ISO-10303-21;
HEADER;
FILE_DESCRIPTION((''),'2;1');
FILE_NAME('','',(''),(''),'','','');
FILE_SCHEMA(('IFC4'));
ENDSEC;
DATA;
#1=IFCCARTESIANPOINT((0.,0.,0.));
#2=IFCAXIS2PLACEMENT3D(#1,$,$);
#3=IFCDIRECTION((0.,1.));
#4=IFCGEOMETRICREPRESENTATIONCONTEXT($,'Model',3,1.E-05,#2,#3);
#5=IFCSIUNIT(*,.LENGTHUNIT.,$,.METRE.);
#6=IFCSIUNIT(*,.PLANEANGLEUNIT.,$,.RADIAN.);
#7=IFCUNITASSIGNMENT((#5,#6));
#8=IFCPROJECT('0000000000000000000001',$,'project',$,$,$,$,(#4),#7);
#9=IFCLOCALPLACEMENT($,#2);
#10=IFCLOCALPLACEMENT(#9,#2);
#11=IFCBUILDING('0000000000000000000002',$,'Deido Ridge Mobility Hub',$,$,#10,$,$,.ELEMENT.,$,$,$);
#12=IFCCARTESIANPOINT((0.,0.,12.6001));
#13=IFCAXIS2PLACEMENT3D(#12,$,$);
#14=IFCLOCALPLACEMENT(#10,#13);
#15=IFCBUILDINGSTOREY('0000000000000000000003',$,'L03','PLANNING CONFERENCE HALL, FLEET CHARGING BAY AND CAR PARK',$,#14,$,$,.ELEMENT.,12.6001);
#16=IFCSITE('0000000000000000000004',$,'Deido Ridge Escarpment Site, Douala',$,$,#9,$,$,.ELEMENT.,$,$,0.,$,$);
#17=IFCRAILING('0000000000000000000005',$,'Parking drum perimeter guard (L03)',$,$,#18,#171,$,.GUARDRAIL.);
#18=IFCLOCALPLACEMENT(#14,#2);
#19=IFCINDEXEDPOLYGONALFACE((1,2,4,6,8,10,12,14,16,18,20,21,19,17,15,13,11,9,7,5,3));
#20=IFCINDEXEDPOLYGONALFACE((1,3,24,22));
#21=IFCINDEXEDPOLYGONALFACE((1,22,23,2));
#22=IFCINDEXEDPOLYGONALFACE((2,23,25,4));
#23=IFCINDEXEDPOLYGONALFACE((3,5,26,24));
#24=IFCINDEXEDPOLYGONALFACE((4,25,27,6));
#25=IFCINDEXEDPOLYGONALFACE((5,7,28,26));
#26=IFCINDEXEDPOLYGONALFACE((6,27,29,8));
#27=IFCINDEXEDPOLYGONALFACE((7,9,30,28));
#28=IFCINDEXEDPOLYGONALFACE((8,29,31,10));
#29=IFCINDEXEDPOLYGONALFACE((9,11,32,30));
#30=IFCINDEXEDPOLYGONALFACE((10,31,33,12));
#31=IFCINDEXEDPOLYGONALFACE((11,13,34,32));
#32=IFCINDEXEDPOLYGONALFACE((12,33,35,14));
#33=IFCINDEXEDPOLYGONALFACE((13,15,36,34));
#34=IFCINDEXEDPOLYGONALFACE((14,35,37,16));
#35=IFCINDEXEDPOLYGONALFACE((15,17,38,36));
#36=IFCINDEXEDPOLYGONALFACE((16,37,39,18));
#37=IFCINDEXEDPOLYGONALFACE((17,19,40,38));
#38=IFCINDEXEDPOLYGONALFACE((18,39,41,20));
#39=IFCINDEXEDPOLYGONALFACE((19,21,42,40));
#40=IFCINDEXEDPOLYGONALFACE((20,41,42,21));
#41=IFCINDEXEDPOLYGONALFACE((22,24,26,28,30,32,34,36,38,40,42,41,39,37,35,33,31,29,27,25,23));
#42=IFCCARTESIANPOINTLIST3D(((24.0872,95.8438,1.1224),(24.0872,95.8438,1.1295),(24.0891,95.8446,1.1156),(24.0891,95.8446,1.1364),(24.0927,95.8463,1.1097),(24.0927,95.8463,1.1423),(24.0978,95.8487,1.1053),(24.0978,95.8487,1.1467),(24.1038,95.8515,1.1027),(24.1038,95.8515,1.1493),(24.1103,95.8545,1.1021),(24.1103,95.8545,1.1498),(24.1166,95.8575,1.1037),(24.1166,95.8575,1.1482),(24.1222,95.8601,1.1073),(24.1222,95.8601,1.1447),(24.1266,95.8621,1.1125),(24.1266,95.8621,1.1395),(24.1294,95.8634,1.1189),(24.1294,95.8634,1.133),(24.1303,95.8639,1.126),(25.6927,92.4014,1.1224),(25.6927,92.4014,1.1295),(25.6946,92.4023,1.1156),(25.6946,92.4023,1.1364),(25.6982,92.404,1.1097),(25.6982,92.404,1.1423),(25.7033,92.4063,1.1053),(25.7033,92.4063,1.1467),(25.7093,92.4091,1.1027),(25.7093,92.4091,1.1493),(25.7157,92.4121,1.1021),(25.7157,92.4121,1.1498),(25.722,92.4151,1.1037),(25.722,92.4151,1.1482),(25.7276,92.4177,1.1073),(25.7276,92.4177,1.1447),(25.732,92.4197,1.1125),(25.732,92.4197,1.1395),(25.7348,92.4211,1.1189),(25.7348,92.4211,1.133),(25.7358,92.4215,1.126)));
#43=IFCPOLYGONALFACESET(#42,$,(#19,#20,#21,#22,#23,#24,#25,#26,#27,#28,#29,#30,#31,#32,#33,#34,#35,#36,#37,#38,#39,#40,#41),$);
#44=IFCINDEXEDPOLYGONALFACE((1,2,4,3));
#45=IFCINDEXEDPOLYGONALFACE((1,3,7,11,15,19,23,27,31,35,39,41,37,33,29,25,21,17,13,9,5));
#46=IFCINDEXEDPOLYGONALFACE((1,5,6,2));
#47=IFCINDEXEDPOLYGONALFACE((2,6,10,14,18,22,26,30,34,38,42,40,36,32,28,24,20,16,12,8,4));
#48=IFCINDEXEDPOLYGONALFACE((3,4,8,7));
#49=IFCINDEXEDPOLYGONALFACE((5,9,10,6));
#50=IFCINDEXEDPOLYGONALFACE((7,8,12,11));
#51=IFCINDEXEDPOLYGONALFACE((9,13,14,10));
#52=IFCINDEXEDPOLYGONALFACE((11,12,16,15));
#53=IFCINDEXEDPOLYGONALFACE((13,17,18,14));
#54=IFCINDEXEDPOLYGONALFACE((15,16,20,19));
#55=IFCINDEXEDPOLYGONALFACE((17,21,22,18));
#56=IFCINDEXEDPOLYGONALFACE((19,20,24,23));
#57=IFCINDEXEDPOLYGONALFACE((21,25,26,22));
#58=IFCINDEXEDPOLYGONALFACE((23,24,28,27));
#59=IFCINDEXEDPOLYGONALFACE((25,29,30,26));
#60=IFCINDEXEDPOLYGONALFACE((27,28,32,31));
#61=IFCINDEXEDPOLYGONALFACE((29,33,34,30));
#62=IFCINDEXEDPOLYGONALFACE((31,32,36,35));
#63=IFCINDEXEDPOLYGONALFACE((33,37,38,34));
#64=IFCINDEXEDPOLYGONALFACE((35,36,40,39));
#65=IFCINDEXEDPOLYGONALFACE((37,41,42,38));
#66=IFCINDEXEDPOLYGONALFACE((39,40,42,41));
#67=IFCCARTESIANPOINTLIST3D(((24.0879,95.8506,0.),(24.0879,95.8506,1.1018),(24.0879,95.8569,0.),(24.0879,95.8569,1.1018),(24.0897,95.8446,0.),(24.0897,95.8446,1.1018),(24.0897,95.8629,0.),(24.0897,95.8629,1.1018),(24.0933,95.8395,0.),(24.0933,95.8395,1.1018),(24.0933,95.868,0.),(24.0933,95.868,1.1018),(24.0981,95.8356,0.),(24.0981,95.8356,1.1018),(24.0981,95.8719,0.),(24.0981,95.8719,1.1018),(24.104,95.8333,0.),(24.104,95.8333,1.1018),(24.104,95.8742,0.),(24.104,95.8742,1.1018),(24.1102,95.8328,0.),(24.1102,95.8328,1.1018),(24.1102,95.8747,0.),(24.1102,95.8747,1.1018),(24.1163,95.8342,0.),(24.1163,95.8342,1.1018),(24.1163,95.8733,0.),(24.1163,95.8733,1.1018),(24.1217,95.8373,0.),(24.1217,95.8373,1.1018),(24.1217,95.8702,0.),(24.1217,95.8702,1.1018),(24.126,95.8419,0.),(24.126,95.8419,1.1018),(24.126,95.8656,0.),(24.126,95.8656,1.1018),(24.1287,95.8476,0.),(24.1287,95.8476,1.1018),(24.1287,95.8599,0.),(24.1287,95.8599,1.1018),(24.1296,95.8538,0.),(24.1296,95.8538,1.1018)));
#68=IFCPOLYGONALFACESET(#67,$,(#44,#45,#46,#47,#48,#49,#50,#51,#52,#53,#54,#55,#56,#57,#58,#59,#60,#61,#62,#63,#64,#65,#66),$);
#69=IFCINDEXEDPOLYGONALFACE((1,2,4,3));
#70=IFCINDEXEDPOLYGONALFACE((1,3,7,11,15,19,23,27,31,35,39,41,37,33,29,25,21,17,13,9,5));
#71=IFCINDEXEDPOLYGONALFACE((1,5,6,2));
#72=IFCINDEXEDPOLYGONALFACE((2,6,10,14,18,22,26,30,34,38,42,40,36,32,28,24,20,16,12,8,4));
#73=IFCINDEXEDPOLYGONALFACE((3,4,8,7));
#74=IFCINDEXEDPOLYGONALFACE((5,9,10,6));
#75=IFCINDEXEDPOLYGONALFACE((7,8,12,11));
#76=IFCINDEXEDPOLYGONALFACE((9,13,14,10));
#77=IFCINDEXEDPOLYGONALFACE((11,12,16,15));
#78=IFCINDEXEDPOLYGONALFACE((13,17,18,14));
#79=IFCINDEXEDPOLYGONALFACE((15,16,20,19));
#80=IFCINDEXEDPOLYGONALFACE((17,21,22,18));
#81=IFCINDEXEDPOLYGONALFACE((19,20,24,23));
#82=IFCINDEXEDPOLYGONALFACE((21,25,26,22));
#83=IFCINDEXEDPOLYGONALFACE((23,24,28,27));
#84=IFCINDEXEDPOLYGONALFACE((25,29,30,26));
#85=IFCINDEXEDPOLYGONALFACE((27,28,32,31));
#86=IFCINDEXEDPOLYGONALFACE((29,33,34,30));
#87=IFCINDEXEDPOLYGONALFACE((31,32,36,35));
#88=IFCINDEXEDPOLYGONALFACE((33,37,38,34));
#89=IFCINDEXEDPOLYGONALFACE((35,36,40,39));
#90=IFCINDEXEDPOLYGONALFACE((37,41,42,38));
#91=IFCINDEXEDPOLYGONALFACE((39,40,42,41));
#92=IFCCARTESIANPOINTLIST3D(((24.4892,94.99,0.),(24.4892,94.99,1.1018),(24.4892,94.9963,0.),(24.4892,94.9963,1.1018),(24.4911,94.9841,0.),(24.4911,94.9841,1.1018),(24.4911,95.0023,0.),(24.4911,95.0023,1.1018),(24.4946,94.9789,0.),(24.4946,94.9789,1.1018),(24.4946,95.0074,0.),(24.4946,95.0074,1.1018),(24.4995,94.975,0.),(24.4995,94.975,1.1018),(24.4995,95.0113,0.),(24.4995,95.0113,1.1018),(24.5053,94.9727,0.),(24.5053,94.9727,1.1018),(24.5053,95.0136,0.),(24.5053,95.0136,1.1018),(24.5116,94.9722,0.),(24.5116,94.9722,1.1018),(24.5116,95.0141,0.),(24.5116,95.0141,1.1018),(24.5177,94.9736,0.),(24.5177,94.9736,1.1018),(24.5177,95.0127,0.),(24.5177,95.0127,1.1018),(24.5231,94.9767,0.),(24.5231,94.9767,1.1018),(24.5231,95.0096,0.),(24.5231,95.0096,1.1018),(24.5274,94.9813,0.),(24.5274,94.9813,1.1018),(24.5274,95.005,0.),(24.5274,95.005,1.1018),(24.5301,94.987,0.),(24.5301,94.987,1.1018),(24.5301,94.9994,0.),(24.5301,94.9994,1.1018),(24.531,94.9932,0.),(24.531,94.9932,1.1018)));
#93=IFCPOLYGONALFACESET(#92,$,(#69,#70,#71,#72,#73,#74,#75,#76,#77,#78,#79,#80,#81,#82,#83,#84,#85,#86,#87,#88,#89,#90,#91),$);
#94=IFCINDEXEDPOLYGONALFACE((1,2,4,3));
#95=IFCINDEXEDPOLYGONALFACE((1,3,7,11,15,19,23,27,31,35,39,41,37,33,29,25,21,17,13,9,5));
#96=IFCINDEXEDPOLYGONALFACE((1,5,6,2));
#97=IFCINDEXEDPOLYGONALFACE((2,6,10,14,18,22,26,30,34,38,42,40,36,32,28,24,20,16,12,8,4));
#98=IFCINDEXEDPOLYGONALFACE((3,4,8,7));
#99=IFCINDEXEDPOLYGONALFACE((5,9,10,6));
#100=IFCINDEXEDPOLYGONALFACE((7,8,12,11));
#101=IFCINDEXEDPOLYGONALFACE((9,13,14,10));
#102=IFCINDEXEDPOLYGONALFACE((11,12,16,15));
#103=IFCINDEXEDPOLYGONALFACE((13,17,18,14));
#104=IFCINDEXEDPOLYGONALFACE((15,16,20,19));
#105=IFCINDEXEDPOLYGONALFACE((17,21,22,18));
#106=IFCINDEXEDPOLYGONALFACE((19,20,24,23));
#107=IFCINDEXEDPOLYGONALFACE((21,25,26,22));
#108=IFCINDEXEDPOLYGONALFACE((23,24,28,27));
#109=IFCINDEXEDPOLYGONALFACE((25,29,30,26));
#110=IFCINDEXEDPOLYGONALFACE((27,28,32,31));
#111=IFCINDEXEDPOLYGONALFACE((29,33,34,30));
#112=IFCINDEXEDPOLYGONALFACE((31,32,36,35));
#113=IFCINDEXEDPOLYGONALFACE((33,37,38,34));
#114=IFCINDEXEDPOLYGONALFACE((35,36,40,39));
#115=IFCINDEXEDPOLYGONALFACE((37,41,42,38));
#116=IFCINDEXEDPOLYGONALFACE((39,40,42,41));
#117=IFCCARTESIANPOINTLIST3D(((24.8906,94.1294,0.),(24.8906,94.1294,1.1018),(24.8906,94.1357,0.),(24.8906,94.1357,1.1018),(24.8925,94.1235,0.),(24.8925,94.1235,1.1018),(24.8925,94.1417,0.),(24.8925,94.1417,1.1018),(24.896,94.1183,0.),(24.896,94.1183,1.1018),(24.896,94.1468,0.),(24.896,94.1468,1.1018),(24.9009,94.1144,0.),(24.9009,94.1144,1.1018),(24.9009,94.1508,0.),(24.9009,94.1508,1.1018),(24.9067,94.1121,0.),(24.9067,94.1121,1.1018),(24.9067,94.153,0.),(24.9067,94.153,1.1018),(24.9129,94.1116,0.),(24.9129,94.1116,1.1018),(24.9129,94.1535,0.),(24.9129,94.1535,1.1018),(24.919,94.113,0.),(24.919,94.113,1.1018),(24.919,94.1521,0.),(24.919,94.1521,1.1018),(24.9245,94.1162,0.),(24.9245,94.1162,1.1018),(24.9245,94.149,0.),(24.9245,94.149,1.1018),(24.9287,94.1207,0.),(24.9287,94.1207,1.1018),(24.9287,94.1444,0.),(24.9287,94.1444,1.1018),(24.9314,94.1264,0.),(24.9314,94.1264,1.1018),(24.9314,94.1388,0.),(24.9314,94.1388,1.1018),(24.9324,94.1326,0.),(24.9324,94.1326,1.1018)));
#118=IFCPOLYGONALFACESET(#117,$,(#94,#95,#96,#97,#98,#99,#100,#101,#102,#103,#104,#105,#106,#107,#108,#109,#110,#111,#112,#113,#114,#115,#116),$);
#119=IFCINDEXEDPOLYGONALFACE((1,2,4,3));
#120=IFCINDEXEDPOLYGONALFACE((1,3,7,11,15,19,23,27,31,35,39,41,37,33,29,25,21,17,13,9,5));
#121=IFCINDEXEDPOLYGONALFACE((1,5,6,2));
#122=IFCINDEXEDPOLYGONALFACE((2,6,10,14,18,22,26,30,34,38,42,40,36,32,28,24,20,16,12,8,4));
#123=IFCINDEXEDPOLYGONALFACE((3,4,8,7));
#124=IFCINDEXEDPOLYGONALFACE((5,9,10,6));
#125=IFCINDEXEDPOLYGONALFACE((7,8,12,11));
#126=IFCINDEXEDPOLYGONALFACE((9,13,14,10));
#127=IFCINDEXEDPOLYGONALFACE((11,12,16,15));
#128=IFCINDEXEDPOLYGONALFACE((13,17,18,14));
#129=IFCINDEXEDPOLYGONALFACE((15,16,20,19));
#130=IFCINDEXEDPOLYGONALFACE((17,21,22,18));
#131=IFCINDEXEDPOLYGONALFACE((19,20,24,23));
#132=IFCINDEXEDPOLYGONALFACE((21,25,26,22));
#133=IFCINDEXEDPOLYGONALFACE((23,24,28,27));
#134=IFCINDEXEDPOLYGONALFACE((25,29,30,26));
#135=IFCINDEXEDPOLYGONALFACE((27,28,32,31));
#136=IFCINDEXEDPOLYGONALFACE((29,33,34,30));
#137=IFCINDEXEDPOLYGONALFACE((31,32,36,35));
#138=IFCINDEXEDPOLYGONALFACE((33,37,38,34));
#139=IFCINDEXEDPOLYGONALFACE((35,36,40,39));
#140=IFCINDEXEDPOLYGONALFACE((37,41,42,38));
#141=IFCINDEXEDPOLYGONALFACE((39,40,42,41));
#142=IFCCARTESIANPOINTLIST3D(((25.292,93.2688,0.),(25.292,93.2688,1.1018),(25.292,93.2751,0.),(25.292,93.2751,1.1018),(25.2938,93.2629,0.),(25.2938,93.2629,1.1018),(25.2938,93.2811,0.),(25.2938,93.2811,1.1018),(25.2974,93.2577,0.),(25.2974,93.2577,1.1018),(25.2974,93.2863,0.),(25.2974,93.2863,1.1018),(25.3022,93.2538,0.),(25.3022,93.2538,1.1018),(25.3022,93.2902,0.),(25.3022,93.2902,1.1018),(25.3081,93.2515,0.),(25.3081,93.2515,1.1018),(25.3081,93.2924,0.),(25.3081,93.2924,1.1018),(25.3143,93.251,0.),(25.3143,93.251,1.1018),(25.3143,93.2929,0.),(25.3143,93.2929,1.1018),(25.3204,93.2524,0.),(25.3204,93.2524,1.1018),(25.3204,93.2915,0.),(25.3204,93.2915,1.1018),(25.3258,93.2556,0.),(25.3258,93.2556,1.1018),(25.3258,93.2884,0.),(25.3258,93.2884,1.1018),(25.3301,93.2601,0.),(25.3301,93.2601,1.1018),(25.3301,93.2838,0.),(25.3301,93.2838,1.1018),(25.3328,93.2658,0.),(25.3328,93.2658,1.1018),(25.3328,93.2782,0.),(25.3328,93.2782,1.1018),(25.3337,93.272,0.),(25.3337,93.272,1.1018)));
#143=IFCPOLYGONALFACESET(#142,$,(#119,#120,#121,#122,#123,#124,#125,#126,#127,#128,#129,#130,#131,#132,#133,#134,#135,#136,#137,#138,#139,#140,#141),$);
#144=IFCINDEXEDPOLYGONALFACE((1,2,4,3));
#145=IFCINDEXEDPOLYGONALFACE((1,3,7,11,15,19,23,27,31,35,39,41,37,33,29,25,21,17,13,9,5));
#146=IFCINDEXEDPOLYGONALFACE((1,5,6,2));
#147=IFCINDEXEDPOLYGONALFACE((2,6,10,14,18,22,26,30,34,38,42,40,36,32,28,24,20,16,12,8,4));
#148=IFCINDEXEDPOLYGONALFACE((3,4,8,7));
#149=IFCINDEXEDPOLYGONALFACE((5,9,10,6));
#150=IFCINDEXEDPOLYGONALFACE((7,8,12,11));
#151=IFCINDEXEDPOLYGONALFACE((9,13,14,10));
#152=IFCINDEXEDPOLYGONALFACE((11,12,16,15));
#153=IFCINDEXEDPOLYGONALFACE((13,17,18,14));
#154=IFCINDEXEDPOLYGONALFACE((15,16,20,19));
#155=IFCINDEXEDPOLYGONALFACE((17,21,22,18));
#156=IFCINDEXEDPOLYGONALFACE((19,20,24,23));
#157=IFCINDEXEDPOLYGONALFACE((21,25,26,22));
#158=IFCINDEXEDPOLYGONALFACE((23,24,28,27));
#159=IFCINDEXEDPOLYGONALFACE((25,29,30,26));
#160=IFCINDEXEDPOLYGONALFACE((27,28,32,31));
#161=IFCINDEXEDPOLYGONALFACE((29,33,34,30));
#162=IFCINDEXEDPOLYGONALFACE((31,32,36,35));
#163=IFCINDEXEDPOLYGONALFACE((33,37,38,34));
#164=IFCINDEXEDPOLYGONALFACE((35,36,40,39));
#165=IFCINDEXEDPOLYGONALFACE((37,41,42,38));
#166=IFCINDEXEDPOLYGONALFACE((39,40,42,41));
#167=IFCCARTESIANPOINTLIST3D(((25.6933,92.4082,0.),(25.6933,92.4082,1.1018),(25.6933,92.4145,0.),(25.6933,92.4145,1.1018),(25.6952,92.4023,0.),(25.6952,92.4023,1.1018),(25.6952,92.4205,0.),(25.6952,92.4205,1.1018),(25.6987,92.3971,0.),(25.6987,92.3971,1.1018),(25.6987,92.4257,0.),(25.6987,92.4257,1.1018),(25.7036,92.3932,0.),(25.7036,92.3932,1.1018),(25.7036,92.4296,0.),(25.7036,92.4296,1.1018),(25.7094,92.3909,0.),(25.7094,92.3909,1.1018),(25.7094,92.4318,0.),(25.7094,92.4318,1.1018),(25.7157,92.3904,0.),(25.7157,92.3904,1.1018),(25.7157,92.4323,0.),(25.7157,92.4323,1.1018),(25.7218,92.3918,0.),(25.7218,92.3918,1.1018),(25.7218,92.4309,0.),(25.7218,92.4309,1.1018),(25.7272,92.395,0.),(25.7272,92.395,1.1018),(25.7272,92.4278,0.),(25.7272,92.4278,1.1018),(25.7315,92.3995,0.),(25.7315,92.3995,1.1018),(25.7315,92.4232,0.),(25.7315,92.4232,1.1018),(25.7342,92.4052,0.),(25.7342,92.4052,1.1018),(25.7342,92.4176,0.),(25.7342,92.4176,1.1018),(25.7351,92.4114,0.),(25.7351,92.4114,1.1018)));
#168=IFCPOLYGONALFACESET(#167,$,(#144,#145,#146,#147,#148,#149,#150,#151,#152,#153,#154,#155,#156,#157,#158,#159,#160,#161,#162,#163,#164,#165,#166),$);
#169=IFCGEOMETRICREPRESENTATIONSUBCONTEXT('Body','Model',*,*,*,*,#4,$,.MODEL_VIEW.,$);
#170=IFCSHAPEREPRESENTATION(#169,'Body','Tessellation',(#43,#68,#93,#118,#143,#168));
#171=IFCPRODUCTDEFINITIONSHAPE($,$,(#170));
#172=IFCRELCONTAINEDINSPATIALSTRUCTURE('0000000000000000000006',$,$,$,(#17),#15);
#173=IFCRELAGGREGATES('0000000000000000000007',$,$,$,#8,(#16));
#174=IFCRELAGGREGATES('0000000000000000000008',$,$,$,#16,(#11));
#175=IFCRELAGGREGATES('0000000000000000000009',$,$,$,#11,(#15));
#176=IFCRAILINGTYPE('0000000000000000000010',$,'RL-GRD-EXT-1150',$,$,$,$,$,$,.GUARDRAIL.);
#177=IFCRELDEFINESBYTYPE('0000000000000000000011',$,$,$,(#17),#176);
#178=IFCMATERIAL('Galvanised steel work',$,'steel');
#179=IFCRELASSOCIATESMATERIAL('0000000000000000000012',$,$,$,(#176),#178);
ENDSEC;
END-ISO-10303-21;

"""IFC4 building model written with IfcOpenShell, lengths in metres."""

from ifc_helpers import new_model, si_unit, direction, frame, origin, origin_2d, place, context, subcontext, project, spatial, circle, extrude, material, type_object, element, save


model = new_model("IFC4")

# Units and contexts
model_context = context("Model", 3, precision=1e-05, world=origin(), true_north=direction((0.0, 1.0)))
body_context = subcontext(model_context, "Body", "Model", "MODEL_VIEW")
ifc_project = project(units=[si_unit("LENGTHUNIT", "METRE"), si_unit("PLANEANGLEUNIT", "RADIAN")], contexts=[model_context])

# Site, building, storey
site_placement = place(None, origin())
site = spatial("IfcSite", under=ifc_project, at=site_placement, Name="Deido Ridge Escarpment Site, Douala", CompositionType="ELEMENT", RefElevation=0.0)
building_placement = place(site_placement, origin())
building = spatial("IfcBuilding", under=site, at=building_placement, Name="Deido Ridge Mobility Hub", CompositionType="ELEMENT")
storey_placement = place(building_placement, frame((0.0, 0.0, 12.6001)))
storey = spatial("IfcBuildingStorey", under=building, at=storey_placement, Name="L03", Description="PLANNING CONFERENCE HALL, FLEET CHARGING BAY AND CAR PARK", CompositionType="ELEMENT", Elevation=12.6001)

# Railing
ifc_material_1 = material(Name="Galvanised steel work", Category="steel")
railing_type = type_object("IfcRailingType", Name="RL-GRD-EXT-1150", PredefinedType="GUARDRAIL", material=ifc_material_1)
railing_1_placement = place(storey_placement, frame((24.1086, 95.8538, 0.0)))
element("IfcRailing", 1, at=railing_1_placement, inside=storey, type_object=railing_type, Name="Parking drum perimeter guard (L03)", PredefinedType="GUARDRAIL", context=body_context, shape_type="SweptSolid", body=[
    extrude(circle(Radius=0.0239, at=origin_2d()), frame((0.0, 0.0, 1.126), z_axis=(0.422674, -0.906282, 0.0), x_axis=(0.906282, 0.422674, 0.0)), (0.0, 0.0, 1.0), 3.7983),
    extrude(circle(Radius=0.021, at=origin_2d()), origin(), (0.0, 0.0, 1.0), 1.1018),
    extrude(circle(Radius=0.021, at=origin_2d()), frame((0.4014, -0.8606, 0.0)), (0.0, 0.0, 1.0), 1.1018),
    extrude(circle(Radius=0.021, at=origin_2d()), frame((0.8027, -1.7212, 0.0)), (0.0, 0.0, 1.0), 1.1018),
    extrude(circle(Radius=0.021, at=origin_2d()), frame((1.2041, -2.5818, 0.0)), (0.0, 0.0, 1.0), 1.1018),
    extrude(circle(Radius=0.021, at=origin_2d()), frame((1.6055, -3.4424, 0.0)), (0.0, 0.0, 1.0), 1.1018),
])

save(model, "model.ifc")
